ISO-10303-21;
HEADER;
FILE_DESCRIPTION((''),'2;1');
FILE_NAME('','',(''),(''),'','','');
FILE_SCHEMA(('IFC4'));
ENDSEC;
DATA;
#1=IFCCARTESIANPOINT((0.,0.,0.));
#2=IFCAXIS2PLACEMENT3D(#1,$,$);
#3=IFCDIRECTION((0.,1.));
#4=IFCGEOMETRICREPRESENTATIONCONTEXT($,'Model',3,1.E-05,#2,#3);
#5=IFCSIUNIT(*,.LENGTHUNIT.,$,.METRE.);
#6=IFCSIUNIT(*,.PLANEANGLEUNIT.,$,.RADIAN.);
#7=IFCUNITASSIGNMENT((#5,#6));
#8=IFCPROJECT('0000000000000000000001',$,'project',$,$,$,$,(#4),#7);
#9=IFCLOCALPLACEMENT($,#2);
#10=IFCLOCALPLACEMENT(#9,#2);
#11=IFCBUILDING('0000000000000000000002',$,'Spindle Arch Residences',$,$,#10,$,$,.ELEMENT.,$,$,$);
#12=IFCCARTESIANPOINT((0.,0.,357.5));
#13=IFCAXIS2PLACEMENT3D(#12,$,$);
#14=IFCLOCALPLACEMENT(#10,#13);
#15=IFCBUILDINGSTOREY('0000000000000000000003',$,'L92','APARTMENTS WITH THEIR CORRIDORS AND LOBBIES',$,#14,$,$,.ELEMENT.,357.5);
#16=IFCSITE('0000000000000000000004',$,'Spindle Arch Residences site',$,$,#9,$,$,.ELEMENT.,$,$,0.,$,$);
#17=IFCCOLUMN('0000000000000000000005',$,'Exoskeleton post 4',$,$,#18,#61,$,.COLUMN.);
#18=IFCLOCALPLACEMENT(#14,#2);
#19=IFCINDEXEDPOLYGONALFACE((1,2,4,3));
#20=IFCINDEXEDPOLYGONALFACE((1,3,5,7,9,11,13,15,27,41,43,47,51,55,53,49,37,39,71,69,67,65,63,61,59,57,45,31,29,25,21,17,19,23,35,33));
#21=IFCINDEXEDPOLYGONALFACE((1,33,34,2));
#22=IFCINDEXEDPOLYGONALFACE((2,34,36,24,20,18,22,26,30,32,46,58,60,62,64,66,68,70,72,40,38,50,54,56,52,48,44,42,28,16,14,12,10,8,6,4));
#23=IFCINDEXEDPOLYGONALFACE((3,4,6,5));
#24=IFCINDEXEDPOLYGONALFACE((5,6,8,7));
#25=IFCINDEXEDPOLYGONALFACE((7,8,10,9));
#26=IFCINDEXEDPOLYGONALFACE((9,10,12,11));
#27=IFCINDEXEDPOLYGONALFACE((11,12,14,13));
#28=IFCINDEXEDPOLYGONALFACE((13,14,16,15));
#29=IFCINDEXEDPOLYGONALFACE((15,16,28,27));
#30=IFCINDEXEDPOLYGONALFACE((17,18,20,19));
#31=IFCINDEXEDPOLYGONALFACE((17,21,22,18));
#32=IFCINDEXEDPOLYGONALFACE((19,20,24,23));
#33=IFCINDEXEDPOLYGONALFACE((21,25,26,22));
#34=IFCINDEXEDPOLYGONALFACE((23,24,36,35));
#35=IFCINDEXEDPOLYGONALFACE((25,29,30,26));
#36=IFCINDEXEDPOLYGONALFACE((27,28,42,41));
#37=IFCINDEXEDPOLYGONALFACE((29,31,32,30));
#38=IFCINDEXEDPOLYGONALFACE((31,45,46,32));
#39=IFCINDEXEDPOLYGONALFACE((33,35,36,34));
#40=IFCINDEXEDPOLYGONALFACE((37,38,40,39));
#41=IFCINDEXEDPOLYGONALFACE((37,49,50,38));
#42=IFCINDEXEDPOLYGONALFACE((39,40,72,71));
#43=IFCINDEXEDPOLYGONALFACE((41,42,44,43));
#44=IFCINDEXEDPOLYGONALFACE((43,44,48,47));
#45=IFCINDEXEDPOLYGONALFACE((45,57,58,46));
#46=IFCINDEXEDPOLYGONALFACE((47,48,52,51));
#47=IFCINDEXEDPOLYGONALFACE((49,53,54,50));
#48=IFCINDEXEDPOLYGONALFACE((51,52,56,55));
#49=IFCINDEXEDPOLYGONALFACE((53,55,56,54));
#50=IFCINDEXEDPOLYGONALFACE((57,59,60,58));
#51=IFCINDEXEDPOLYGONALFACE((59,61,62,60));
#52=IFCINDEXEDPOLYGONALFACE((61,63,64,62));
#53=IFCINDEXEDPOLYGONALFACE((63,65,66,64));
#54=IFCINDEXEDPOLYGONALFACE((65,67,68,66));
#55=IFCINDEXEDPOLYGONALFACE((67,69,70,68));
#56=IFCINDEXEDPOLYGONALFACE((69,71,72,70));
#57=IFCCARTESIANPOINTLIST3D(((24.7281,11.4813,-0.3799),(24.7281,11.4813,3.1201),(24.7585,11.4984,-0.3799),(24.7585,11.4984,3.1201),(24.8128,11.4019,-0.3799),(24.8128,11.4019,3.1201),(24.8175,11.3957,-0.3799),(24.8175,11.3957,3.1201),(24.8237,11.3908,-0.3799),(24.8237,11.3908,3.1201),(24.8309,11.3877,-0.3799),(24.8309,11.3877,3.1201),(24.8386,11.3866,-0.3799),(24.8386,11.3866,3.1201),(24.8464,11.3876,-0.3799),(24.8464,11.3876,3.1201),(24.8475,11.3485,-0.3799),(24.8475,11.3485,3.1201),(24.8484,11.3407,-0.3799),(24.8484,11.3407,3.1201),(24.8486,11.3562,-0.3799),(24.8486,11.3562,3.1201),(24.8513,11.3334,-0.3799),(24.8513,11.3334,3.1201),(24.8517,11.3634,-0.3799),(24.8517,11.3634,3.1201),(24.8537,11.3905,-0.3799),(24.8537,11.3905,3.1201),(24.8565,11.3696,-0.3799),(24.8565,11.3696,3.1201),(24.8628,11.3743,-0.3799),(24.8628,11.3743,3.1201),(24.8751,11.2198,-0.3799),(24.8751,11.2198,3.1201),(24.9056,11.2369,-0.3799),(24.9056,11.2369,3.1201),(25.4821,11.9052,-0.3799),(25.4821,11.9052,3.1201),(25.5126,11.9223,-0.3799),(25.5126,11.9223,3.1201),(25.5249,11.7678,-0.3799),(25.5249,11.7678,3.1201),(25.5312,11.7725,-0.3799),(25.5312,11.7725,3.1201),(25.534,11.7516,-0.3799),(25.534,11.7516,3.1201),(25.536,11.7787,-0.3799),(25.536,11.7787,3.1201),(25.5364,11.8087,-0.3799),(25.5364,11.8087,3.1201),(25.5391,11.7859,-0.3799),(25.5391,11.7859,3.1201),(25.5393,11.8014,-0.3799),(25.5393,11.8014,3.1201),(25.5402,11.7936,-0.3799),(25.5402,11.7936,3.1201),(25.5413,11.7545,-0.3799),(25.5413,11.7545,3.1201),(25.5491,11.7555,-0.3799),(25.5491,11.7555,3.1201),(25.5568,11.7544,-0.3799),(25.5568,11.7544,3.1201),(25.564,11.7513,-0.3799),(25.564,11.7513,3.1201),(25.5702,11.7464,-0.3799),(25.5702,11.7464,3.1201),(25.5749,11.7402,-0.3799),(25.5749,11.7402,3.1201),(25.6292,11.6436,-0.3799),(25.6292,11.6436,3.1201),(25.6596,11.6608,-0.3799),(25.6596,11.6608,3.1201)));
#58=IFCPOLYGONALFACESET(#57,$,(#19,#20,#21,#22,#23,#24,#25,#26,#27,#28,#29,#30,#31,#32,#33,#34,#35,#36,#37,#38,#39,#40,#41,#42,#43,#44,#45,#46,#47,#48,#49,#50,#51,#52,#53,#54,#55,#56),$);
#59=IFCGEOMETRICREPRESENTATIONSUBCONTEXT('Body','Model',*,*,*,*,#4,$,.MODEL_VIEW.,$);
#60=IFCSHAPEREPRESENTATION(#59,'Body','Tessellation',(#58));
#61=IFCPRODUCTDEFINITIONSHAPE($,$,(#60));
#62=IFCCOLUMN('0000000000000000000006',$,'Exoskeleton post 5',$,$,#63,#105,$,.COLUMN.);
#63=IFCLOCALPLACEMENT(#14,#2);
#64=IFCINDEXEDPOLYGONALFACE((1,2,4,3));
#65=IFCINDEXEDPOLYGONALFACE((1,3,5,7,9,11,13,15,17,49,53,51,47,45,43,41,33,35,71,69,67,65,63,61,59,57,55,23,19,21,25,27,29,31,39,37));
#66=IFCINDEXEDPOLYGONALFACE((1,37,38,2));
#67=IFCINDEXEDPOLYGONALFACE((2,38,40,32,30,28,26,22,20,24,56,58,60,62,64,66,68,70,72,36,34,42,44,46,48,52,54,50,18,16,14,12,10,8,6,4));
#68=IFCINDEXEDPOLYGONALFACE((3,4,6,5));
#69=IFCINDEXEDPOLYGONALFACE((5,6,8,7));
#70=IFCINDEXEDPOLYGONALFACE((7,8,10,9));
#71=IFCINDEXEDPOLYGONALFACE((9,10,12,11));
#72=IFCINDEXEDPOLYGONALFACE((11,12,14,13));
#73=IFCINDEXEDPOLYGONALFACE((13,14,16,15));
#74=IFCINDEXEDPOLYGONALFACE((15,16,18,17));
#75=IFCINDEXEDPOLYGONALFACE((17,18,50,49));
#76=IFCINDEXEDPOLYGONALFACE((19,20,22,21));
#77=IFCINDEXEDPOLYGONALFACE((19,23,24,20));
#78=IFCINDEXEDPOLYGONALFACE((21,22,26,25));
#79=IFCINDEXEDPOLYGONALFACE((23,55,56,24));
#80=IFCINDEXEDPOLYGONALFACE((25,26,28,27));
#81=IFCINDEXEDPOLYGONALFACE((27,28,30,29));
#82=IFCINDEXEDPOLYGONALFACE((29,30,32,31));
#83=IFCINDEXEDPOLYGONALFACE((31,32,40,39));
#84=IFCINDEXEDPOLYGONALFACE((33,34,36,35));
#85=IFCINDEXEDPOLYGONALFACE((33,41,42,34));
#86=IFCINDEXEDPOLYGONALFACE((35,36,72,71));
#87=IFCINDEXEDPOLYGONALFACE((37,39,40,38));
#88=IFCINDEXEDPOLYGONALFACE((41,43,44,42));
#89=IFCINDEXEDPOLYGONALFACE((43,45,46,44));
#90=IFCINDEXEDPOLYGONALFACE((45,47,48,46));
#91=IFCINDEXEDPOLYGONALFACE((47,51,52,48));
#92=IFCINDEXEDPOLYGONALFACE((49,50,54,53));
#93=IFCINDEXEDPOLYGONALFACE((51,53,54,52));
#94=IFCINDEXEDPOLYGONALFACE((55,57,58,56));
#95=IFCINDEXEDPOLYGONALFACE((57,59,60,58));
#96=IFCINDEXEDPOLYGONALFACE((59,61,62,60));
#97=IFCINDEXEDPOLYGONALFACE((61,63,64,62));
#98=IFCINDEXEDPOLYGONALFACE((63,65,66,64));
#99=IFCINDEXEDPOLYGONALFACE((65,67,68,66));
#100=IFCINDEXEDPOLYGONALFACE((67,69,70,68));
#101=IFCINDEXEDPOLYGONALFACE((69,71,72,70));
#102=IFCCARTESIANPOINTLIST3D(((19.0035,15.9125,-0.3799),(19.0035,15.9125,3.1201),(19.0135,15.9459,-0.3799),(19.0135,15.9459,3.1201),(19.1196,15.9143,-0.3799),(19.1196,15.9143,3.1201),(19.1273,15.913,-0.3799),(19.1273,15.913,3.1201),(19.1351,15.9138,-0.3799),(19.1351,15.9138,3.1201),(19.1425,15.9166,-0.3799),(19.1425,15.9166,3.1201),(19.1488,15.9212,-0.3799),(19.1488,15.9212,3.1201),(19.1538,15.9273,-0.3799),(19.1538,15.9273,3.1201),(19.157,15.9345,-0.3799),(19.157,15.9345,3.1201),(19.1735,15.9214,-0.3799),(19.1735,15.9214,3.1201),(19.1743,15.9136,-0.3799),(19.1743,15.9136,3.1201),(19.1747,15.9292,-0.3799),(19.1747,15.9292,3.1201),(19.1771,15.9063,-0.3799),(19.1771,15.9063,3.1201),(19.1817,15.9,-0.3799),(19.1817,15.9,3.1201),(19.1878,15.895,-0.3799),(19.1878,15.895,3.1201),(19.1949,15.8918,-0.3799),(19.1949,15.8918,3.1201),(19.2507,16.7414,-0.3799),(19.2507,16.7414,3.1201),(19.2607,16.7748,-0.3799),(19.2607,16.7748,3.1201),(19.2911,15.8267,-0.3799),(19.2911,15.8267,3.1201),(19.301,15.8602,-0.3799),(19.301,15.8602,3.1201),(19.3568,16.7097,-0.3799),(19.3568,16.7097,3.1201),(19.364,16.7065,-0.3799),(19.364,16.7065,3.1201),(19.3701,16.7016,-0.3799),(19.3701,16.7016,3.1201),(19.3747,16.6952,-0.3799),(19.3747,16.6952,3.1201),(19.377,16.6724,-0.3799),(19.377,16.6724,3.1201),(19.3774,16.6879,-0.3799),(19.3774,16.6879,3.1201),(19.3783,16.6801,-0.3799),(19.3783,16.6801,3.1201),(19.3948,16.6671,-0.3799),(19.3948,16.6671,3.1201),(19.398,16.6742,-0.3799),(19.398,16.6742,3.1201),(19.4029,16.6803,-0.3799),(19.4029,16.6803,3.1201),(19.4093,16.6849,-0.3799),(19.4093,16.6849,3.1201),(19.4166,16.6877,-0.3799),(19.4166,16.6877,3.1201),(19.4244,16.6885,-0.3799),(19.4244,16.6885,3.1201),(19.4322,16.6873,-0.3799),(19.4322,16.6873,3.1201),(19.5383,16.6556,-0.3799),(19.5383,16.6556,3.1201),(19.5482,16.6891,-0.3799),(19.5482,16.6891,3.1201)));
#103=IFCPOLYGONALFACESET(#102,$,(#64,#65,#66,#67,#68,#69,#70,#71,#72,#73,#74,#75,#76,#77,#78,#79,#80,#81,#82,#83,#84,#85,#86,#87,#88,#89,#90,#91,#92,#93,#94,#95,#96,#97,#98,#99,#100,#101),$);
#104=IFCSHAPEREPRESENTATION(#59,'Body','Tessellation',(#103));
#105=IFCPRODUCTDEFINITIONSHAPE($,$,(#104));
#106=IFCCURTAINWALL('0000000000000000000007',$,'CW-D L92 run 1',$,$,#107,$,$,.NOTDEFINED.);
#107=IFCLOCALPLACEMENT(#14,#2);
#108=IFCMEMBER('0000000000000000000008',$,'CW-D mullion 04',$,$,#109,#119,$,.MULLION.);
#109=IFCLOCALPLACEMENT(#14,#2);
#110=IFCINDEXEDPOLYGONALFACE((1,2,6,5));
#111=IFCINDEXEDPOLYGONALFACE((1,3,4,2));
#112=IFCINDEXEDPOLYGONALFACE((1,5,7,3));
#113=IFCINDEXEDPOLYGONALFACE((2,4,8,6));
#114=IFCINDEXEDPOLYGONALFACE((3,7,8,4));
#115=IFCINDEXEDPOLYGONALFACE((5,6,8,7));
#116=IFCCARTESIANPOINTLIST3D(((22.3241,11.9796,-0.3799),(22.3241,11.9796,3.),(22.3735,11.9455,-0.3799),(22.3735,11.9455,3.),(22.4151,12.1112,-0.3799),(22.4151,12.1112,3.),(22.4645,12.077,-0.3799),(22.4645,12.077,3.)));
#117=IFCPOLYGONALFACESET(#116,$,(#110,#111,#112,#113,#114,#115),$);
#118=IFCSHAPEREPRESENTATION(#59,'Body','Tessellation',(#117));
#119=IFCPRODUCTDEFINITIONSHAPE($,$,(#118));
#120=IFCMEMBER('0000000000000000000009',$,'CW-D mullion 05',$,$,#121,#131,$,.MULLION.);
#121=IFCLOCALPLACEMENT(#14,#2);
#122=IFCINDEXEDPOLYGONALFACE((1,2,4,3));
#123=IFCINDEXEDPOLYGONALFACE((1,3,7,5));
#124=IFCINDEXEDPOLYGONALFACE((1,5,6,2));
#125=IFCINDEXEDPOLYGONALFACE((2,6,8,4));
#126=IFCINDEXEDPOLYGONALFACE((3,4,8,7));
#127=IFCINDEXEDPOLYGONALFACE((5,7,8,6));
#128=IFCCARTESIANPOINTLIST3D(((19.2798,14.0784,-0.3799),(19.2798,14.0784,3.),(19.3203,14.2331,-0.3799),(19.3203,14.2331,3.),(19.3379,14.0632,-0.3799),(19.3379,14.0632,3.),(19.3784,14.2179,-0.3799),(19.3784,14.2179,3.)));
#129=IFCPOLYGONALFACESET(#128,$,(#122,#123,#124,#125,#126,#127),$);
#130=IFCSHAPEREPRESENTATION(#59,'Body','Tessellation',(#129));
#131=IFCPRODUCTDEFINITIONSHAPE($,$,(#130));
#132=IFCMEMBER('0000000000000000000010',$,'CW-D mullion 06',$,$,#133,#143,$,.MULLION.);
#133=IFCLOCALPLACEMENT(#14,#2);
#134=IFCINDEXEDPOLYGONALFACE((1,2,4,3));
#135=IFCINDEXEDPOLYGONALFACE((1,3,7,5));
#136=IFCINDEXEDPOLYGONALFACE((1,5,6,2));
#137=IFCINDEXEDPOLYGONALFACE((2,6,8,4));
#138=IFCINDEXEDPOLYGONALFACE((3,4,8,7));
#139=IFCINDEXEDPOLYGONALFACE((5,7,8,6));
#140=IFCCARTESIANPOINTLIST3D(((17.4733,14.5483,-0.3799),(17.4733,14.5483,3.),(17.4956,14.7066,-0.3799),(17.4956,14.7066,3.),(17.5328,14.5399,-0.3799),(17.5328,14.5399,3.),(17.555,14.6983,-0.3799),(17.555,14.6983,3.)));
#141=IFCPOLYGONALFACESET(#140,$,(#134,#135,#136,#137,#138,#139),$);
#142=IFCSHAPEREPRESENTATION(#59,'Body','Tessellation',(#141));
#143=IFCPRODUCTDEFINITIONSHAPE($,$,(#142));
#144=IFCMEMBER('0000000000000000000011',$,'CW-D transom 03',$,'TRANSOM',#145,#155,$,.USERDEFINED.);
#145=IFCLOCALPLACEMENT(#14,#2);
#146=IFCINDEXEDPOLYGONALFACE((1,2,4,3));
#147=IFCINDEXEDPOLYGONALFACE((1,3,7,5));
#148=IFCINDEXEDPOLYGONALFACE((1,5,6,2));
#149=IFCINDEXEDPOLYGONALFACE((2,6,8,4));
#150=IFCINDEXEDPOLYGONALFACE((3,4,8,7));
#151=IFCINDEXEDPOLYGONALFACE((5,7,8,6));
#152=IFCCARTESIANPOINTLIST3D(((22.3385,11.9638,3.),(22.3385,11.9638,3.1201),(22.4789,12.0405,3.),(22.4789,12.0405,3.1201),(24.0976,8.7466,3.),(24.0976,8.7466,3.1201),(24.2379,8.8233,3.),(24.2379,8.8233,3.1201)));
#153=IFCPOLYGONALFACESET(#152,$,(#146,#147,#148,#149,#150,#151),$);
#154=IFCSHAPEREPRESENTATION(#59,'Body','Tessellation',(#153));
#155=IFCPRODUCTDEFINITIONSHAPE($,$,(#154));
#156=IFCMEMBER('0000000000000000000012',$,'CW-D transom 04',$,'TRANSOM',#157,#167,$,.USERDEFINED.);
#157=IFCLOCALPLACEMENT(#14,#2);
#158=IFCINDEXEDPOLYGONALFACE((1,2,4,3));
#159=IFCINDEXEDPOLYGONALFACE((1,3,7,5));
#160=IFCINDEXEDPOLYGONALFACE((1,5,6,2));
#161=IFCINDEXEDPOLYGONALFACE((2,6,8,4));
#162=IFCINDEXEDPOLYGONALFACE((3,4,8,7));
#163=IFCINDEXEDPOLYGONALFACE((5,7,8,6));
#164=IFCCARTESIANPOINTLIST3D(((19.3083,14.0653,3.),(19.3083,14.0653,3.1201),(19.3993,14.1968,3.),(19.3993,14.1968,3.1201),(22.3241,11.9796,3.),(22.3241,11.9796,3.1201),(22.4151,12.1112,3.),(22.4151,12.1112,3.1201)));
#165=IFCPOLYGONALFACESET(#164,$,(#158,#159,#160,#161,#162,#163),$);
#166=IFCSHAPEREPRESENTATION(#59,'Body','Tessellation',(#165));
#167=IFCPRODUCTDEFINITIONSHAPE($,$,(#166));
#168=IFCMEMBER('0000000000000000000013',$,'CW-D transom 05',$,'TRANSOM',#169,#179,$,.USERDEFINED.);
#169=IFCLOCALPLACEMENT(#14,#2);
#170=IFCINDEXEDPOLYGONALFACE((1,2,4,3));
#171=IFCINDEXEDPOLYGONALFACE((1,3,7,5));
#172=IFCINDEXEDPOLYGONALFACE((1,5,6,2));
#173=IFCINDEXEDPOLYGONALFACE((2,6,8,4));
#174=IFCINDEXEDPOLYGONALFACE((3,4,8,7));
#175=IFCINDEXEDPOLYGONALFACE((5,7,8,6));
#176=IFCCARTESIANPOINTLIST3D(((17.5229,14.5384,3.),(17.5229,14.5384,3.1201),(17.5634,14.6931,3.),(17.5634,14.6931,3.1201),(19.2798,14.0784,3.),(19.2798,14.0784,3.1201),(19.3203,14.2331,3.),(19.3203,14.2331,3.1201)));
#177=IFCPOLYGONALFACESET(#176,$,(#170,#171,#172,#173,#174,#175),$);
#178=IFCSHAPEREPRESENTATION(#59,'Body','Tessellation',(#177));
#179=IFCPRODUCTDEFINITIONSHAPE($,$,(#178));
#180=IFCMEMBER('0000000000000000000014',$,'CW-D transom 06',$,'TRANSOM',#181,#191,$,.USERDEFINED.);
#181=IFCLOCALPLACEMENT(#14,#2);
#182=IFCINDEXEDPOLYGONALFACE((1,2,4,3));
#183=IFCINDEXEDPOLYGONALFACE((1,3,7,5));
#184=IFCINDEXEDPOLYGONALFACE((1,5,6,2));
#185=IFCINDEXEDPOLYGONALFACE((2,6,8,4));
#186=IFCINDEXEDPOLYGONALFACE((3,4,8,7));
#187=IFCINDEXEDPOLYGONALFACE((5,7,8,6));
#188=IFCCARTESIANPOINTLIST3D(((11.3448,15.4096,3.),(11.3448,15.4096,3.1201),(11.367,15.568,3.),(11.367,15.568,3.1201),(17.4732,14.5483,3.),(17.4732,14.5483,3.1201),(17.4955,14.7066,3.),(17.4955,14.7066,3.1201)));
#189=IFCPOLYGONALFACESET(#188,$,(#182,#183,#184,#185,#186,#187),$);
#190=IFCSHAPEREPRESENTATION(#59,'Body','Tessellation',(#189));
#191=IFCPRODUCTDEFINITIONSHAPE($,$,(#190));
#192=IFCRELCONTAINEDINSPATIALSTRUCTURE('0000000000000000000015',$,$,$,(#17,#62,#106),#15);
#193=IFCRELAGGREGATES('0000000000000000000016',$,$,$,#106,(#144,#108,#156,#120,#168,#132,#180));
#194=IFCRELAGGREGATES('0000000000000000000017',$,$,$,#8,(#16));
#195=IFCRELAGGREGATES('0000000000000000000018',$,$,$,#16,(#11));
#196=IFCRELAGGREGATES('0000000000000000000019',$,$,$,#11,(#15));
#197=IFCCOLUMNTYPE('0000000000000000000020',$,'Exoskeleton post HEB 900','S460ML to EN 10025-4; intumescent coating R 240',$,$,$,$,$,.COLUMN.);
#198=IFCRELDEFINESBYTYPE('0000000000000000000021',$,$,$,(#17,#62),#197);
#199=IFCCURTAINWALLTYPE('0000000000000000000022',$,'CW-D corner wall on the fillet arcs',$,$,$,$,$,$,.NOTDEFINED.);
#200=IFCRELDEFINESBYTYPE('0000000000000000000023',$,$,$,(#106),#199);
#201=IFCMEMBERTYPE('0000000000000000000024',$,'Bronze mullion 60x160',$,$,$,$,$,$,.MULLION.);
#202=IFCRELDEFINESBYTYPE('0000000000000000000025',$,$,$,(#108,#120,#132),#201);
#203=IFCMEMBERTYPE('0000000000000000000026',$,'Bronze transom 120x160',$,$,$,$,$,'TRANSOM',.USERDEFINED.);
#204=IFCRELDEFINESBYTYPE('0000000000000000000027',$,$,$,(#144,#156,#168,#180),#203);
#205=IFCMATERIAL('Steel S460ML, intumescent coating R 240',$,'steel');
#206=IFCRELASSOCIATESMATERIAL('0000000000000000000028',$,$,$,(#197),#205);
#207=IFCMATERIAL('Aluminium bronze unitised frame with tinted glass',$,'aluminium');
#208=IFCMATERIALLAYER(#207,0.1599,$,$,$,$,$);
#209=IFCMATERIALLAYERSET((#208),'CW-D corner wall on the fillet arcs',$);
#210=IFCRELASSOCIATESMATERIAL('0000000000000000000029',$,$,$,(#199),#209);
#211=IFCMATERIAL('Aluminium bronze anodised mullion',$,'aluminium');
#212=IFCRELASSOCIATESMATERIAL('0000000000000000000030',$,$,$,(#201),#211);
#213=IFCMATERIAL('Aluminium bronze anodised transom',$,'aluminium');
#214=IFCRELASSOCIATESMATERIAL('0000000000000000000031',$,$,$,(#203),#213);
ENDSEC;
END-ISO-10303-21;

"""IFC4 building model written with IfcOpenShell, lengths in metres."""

from ifc_helpers import new_model, si_unit, direction, frame, origin, origin_2d, place, context, subcontext, project, spatial, rectangle, i_section, extrude, material, layer, layer_set, material_profile, profile_set, type_object, element, aggregate, save


model = new_model("IFC4")

# Units and contexts
model_context = context("Model", 3, precision=1e-05, world=origin(), true_north=direction((0.0, 1.0)))
body_context = subcontext(model_context, "Body", "Model", "MODEL_VIEW")
ifc_project = project(units=[si_unit("LENGTHUNIT", "METRE"), si_unit("PLANEANGLEUNIT", "RADIAN")], contexts=[model_context])

# Site, building, storey
site_placement = place(None, origin())
site = spatial("IfcSite", under=ifc_project, at=site_placement, Name="Spindle Arch Residences site", CompositionType="ELEMENT", RefElevation=0.0)
building_placement = place(site_placement, origin())
building = spatial("IfcBuilding", under=site, at=building_placement, Name="Spindle Arch Residences", CompositionType="ELEMENT")
storey_placement = place(building_placement, frame((0.0, 0.0, 357.5)))
storey = spatial("IfcBuildingStorey", under=building, at=storey_placement, Name="L92", Description="APARTMENTS WITH THEIR CORRIDORS AND LOBBIES", CompositionType="ELEMENT", Elevation=357.5)

# Columns
ifc_material_1 = material(Name="Steel S460ML, intumescent coating R 240", Category="steel")
ifc_material_profile_1 = material_profile(ifc_material_1, i_section(OverallWidth=0.3, OverallDepth=0.8999, WebThickness=0.0186, FlangeThickness=0.0349, FilletRadius=0.03, at=origin_2d()), Name="HEB 900")
ifc_profile_set_1 = profile_set([ifc_material_profile_1], Name="Steel S460ML, intumescent coating R 240")
column_type = type_object("IfcColumnType", Name="Exoskeleton post HEB 900", Description="S460ML to EN 10025-4; intumescent coating R 240", PredefinedType="COLUMN", material=ifc_profile_set_1)
for number, where, z_axis, x_axis, name in (
    (1, (25.1938, 11.571, -0.3799), (0.0, 0.0, 1.0), (0.490024, -0.871709, 0.0), "Exoskeleton post 4"),
    (2, (19.2759, 16.3008, -0.3799), (0.0, 0.0, 1.0), (0.958298, -0.285769, 0.0), "Exoskeleton post 5"),
):
    element("IfcColumn", number, at=place(storey_placement, frame(where, z_axis=z_axis, x_axis=x_axis)), inside=storey, type_object=column_type, Name=name, PredefinedType="COLUMN", context=body_context, shape_type="SweptSolid", body=[
        extrude(i_section(OverallWidth=0.3, OverallDepth=0.8999, WebThickness=0.0186, FlangeThickness=0.0349, FilletRadius=0.03, at=origin_2d()), origin(), (0.0, 0.0, 1.0), 3.5),
    ])

# Curtain wall, members
ifc_material_2 = material(Name="Aluminium bronze unitised frame with tinted glass", Category="aluminium")
ifc_layer_1 = layer(ifc_material_2, 0.1599)
ifc_layer_set_1 = layer_set([ifc_layer_1], Name="CW-D corner wall on the fillet arcs")
curtain_wall_type = type_object("IfcCurtainWallType", Name="CW-D corner wall on the fillet arcs", PredefinedType="NOTDEFINED", material=ifc_layer_set_1)
curtain_wall_placement = place(storey_placement, origin())
curtain_wall = element("IfcCurtainWall", 3, at=curtain_wall_placement, inside=storey, type_object=curtain_wall_type, Name="CW-D L92 run 1", PredefinedType="NOTDEFINED")
ifc_material_3 = material(Name="Aluminium bronze anodised mullion", Category="aluminium")
ifc_material_profile_2 = material_profile(ifc_material_3, rectangle(XDim=0.1599, YDim=0.0601, at=origin_2d()), Name="MU 60x160")
ifc_profile_set_2 = profile_set([ifc_material_profile_2], Name="Aluminium bronze anodised mullion")
member_type_1 = type_object("IfcMemberType", Name="Bronze mullion 60x160", PredefinedType="MULLION", material=ifc_profile_set_2)
member_1_placement = place(storey_placement, frame((22.3943, 12.0283, -0.3799), z_axis=(0.0, 0.0, 1.0), x_axis=(-0.568801, -0.822475, 0.0)))
member_1 = element("IfcMember", 4, at=member_1_placement, type_object=member_type_1, Name="CW-D mullion 04", PredefinedType="MULLION", context=body_context, shape_type="SweptSolid", body=[
    extrude(rectangle(XDim=0.1599, YDim=0.0601, at=origin_2d()), origin(), (0.0, 0.0, 1.0), 3.3799),
])
member_2_placement = place(storey_placement, frame((19.3291, 14.1482, -0.3799), z_axis=(0.0, 0.0, 1.0), x_axis=(-0.253195, -0.967415, 0.0)))
member_2 = element("IfcMember", 5, at=member_2_placement, type_object=member_type_1, Name="CW-D mullion 05", PredefinedType="MULLION", context=body_context, shape_type="SweptSolid", body=[
    extrude(rectangle(XDim=0.1599, YDim=0.0601, at=origin_2d()), origin(), (0.0, 0.0, 1.0), 3.3799),
])
member_3_placement = place(storey_placement, frame((17.5142, 14.6233, -0.3799), z_axis=(0.0, 0.0, 1.0), x_axis=(-0.139173, -0.990268, 0.0)))
member_3 = element("IfcMember", 6, at=member_3_placement, type_object=member_type_1, Name="CW-D mullion 06", PredefinedType="MULLION", context=body_context, shape_type="SweptSolid", body=[
    extrude(rectangle(XDim=0.1599, YDim=0.0601, at=origin_2d()), origin(), (0.0, 0.0, 1.0), 3.3799),
])
ifc_material_4 = material(Name="Aluminium bronze anodised transom", Category="aluminium")
ifc_material_profile_3 = material_profile(ifc_material_4, rectangle(XDim=0.1599, YDim=0.1201, at=origin_2d()), Name="TR 120x160")
ifc_profile_set_3 = profile_set([ifc_material_profile_3], Name="Aluminium bronze anodised transom")
member_type_2 = type_object("IfcMemberType", Name="Bronze transom 120x160", ElementType="TRANSOM", PredefinedType="USERDEFINED", material=ifc_profile_set_3)
member_4_placement = place(storey_placement, frame((24.1677, 8.7849, 3.0601), z_axis=(-0.479724, 0.877419, 0.0), x_axis=(-0.877419, -0.479724, 0.0)))
member_4 = element("IfcMember", 7, at=member_4_placement, type_object=member_type_2, Name="CW-D transom 03", ObjectType="TRANSOM", PredefinedType="USERDEFINED", context=body_context, shape_type="SweptSolid", body=[
    extrude(rectangle(XDim=0.1599, YDim=0.1201, at=origin_2d()), origin(), (0.0, 0.0, 1.0), 3.6667),
])
member_5_placement = place(storey_placement, frame((22.3696, 12.0454, 3.0601), z_axis=(-0.822475, 0.568801, 0.0), x_axis=(-0.568801, -0.822475, 0.0)))
member_5 = element("IfcMember", 8, at=member_5_placement, type_object=member_type_2, Name="CW-D transom 04", ObjectType="TRANSOM", PredefinedType="USERDEFINED", context=body_context, shape_type="SweptSolid", body=[
    extrude(rectangle(XDim=0.1599, YDim=0.1201, at=origin_2d()), origin(), (0.0, 0.0, 1.0), 3.6667),
])
member_6_placement = place(storey_placement, frame((19.3, 14.1558, 3.0601), z_axis=(-0.967394, 0.253276, 0.0), x_axis=(-0.253276, -0.967394, 0.0)))
member_6 = element("IfcMember", 9, at=member_6_placement, type_object=member_type_2, Name="CW-D transom 05", ObjectType="TRANSOM", PredefinedType="USERDEFINED", context=body_context, shape_type="SweptSolid", body=[
    extrude(rectangle(XDim=0.1599, YDim=0.1201, at=origin_2d()), origin(), (0.0, 0.0, 1.0), 1.8162),
])
member_7_placement = place(storey_placement, frame((17.4844, 14.6274, 3.0601), z_axis=(-0.990267, 0.139179, 0.0), x_axis=(-0.139179, -0.990267, 0.0)))
member_7 = element("IfcMember", 10, at=member_7_placement, type_object=member_type_2, Name="CW-D transom 06", ObjectType="TRANSOM", PredefinedType="USERDEFINED", context=body_context, shape_type="SweptSolid", body=[
    extrude(rectangle(XDim=0.1599, YDim=0.1201, at=origin_2d()), origin(), (0.0, 0.0, 1.0), 6.1887),
])

aggregate(curtain_wall, [member_4, member_1, member_5, member_2, member_6, member_3, member_7])

save(model, "model.ifc")
